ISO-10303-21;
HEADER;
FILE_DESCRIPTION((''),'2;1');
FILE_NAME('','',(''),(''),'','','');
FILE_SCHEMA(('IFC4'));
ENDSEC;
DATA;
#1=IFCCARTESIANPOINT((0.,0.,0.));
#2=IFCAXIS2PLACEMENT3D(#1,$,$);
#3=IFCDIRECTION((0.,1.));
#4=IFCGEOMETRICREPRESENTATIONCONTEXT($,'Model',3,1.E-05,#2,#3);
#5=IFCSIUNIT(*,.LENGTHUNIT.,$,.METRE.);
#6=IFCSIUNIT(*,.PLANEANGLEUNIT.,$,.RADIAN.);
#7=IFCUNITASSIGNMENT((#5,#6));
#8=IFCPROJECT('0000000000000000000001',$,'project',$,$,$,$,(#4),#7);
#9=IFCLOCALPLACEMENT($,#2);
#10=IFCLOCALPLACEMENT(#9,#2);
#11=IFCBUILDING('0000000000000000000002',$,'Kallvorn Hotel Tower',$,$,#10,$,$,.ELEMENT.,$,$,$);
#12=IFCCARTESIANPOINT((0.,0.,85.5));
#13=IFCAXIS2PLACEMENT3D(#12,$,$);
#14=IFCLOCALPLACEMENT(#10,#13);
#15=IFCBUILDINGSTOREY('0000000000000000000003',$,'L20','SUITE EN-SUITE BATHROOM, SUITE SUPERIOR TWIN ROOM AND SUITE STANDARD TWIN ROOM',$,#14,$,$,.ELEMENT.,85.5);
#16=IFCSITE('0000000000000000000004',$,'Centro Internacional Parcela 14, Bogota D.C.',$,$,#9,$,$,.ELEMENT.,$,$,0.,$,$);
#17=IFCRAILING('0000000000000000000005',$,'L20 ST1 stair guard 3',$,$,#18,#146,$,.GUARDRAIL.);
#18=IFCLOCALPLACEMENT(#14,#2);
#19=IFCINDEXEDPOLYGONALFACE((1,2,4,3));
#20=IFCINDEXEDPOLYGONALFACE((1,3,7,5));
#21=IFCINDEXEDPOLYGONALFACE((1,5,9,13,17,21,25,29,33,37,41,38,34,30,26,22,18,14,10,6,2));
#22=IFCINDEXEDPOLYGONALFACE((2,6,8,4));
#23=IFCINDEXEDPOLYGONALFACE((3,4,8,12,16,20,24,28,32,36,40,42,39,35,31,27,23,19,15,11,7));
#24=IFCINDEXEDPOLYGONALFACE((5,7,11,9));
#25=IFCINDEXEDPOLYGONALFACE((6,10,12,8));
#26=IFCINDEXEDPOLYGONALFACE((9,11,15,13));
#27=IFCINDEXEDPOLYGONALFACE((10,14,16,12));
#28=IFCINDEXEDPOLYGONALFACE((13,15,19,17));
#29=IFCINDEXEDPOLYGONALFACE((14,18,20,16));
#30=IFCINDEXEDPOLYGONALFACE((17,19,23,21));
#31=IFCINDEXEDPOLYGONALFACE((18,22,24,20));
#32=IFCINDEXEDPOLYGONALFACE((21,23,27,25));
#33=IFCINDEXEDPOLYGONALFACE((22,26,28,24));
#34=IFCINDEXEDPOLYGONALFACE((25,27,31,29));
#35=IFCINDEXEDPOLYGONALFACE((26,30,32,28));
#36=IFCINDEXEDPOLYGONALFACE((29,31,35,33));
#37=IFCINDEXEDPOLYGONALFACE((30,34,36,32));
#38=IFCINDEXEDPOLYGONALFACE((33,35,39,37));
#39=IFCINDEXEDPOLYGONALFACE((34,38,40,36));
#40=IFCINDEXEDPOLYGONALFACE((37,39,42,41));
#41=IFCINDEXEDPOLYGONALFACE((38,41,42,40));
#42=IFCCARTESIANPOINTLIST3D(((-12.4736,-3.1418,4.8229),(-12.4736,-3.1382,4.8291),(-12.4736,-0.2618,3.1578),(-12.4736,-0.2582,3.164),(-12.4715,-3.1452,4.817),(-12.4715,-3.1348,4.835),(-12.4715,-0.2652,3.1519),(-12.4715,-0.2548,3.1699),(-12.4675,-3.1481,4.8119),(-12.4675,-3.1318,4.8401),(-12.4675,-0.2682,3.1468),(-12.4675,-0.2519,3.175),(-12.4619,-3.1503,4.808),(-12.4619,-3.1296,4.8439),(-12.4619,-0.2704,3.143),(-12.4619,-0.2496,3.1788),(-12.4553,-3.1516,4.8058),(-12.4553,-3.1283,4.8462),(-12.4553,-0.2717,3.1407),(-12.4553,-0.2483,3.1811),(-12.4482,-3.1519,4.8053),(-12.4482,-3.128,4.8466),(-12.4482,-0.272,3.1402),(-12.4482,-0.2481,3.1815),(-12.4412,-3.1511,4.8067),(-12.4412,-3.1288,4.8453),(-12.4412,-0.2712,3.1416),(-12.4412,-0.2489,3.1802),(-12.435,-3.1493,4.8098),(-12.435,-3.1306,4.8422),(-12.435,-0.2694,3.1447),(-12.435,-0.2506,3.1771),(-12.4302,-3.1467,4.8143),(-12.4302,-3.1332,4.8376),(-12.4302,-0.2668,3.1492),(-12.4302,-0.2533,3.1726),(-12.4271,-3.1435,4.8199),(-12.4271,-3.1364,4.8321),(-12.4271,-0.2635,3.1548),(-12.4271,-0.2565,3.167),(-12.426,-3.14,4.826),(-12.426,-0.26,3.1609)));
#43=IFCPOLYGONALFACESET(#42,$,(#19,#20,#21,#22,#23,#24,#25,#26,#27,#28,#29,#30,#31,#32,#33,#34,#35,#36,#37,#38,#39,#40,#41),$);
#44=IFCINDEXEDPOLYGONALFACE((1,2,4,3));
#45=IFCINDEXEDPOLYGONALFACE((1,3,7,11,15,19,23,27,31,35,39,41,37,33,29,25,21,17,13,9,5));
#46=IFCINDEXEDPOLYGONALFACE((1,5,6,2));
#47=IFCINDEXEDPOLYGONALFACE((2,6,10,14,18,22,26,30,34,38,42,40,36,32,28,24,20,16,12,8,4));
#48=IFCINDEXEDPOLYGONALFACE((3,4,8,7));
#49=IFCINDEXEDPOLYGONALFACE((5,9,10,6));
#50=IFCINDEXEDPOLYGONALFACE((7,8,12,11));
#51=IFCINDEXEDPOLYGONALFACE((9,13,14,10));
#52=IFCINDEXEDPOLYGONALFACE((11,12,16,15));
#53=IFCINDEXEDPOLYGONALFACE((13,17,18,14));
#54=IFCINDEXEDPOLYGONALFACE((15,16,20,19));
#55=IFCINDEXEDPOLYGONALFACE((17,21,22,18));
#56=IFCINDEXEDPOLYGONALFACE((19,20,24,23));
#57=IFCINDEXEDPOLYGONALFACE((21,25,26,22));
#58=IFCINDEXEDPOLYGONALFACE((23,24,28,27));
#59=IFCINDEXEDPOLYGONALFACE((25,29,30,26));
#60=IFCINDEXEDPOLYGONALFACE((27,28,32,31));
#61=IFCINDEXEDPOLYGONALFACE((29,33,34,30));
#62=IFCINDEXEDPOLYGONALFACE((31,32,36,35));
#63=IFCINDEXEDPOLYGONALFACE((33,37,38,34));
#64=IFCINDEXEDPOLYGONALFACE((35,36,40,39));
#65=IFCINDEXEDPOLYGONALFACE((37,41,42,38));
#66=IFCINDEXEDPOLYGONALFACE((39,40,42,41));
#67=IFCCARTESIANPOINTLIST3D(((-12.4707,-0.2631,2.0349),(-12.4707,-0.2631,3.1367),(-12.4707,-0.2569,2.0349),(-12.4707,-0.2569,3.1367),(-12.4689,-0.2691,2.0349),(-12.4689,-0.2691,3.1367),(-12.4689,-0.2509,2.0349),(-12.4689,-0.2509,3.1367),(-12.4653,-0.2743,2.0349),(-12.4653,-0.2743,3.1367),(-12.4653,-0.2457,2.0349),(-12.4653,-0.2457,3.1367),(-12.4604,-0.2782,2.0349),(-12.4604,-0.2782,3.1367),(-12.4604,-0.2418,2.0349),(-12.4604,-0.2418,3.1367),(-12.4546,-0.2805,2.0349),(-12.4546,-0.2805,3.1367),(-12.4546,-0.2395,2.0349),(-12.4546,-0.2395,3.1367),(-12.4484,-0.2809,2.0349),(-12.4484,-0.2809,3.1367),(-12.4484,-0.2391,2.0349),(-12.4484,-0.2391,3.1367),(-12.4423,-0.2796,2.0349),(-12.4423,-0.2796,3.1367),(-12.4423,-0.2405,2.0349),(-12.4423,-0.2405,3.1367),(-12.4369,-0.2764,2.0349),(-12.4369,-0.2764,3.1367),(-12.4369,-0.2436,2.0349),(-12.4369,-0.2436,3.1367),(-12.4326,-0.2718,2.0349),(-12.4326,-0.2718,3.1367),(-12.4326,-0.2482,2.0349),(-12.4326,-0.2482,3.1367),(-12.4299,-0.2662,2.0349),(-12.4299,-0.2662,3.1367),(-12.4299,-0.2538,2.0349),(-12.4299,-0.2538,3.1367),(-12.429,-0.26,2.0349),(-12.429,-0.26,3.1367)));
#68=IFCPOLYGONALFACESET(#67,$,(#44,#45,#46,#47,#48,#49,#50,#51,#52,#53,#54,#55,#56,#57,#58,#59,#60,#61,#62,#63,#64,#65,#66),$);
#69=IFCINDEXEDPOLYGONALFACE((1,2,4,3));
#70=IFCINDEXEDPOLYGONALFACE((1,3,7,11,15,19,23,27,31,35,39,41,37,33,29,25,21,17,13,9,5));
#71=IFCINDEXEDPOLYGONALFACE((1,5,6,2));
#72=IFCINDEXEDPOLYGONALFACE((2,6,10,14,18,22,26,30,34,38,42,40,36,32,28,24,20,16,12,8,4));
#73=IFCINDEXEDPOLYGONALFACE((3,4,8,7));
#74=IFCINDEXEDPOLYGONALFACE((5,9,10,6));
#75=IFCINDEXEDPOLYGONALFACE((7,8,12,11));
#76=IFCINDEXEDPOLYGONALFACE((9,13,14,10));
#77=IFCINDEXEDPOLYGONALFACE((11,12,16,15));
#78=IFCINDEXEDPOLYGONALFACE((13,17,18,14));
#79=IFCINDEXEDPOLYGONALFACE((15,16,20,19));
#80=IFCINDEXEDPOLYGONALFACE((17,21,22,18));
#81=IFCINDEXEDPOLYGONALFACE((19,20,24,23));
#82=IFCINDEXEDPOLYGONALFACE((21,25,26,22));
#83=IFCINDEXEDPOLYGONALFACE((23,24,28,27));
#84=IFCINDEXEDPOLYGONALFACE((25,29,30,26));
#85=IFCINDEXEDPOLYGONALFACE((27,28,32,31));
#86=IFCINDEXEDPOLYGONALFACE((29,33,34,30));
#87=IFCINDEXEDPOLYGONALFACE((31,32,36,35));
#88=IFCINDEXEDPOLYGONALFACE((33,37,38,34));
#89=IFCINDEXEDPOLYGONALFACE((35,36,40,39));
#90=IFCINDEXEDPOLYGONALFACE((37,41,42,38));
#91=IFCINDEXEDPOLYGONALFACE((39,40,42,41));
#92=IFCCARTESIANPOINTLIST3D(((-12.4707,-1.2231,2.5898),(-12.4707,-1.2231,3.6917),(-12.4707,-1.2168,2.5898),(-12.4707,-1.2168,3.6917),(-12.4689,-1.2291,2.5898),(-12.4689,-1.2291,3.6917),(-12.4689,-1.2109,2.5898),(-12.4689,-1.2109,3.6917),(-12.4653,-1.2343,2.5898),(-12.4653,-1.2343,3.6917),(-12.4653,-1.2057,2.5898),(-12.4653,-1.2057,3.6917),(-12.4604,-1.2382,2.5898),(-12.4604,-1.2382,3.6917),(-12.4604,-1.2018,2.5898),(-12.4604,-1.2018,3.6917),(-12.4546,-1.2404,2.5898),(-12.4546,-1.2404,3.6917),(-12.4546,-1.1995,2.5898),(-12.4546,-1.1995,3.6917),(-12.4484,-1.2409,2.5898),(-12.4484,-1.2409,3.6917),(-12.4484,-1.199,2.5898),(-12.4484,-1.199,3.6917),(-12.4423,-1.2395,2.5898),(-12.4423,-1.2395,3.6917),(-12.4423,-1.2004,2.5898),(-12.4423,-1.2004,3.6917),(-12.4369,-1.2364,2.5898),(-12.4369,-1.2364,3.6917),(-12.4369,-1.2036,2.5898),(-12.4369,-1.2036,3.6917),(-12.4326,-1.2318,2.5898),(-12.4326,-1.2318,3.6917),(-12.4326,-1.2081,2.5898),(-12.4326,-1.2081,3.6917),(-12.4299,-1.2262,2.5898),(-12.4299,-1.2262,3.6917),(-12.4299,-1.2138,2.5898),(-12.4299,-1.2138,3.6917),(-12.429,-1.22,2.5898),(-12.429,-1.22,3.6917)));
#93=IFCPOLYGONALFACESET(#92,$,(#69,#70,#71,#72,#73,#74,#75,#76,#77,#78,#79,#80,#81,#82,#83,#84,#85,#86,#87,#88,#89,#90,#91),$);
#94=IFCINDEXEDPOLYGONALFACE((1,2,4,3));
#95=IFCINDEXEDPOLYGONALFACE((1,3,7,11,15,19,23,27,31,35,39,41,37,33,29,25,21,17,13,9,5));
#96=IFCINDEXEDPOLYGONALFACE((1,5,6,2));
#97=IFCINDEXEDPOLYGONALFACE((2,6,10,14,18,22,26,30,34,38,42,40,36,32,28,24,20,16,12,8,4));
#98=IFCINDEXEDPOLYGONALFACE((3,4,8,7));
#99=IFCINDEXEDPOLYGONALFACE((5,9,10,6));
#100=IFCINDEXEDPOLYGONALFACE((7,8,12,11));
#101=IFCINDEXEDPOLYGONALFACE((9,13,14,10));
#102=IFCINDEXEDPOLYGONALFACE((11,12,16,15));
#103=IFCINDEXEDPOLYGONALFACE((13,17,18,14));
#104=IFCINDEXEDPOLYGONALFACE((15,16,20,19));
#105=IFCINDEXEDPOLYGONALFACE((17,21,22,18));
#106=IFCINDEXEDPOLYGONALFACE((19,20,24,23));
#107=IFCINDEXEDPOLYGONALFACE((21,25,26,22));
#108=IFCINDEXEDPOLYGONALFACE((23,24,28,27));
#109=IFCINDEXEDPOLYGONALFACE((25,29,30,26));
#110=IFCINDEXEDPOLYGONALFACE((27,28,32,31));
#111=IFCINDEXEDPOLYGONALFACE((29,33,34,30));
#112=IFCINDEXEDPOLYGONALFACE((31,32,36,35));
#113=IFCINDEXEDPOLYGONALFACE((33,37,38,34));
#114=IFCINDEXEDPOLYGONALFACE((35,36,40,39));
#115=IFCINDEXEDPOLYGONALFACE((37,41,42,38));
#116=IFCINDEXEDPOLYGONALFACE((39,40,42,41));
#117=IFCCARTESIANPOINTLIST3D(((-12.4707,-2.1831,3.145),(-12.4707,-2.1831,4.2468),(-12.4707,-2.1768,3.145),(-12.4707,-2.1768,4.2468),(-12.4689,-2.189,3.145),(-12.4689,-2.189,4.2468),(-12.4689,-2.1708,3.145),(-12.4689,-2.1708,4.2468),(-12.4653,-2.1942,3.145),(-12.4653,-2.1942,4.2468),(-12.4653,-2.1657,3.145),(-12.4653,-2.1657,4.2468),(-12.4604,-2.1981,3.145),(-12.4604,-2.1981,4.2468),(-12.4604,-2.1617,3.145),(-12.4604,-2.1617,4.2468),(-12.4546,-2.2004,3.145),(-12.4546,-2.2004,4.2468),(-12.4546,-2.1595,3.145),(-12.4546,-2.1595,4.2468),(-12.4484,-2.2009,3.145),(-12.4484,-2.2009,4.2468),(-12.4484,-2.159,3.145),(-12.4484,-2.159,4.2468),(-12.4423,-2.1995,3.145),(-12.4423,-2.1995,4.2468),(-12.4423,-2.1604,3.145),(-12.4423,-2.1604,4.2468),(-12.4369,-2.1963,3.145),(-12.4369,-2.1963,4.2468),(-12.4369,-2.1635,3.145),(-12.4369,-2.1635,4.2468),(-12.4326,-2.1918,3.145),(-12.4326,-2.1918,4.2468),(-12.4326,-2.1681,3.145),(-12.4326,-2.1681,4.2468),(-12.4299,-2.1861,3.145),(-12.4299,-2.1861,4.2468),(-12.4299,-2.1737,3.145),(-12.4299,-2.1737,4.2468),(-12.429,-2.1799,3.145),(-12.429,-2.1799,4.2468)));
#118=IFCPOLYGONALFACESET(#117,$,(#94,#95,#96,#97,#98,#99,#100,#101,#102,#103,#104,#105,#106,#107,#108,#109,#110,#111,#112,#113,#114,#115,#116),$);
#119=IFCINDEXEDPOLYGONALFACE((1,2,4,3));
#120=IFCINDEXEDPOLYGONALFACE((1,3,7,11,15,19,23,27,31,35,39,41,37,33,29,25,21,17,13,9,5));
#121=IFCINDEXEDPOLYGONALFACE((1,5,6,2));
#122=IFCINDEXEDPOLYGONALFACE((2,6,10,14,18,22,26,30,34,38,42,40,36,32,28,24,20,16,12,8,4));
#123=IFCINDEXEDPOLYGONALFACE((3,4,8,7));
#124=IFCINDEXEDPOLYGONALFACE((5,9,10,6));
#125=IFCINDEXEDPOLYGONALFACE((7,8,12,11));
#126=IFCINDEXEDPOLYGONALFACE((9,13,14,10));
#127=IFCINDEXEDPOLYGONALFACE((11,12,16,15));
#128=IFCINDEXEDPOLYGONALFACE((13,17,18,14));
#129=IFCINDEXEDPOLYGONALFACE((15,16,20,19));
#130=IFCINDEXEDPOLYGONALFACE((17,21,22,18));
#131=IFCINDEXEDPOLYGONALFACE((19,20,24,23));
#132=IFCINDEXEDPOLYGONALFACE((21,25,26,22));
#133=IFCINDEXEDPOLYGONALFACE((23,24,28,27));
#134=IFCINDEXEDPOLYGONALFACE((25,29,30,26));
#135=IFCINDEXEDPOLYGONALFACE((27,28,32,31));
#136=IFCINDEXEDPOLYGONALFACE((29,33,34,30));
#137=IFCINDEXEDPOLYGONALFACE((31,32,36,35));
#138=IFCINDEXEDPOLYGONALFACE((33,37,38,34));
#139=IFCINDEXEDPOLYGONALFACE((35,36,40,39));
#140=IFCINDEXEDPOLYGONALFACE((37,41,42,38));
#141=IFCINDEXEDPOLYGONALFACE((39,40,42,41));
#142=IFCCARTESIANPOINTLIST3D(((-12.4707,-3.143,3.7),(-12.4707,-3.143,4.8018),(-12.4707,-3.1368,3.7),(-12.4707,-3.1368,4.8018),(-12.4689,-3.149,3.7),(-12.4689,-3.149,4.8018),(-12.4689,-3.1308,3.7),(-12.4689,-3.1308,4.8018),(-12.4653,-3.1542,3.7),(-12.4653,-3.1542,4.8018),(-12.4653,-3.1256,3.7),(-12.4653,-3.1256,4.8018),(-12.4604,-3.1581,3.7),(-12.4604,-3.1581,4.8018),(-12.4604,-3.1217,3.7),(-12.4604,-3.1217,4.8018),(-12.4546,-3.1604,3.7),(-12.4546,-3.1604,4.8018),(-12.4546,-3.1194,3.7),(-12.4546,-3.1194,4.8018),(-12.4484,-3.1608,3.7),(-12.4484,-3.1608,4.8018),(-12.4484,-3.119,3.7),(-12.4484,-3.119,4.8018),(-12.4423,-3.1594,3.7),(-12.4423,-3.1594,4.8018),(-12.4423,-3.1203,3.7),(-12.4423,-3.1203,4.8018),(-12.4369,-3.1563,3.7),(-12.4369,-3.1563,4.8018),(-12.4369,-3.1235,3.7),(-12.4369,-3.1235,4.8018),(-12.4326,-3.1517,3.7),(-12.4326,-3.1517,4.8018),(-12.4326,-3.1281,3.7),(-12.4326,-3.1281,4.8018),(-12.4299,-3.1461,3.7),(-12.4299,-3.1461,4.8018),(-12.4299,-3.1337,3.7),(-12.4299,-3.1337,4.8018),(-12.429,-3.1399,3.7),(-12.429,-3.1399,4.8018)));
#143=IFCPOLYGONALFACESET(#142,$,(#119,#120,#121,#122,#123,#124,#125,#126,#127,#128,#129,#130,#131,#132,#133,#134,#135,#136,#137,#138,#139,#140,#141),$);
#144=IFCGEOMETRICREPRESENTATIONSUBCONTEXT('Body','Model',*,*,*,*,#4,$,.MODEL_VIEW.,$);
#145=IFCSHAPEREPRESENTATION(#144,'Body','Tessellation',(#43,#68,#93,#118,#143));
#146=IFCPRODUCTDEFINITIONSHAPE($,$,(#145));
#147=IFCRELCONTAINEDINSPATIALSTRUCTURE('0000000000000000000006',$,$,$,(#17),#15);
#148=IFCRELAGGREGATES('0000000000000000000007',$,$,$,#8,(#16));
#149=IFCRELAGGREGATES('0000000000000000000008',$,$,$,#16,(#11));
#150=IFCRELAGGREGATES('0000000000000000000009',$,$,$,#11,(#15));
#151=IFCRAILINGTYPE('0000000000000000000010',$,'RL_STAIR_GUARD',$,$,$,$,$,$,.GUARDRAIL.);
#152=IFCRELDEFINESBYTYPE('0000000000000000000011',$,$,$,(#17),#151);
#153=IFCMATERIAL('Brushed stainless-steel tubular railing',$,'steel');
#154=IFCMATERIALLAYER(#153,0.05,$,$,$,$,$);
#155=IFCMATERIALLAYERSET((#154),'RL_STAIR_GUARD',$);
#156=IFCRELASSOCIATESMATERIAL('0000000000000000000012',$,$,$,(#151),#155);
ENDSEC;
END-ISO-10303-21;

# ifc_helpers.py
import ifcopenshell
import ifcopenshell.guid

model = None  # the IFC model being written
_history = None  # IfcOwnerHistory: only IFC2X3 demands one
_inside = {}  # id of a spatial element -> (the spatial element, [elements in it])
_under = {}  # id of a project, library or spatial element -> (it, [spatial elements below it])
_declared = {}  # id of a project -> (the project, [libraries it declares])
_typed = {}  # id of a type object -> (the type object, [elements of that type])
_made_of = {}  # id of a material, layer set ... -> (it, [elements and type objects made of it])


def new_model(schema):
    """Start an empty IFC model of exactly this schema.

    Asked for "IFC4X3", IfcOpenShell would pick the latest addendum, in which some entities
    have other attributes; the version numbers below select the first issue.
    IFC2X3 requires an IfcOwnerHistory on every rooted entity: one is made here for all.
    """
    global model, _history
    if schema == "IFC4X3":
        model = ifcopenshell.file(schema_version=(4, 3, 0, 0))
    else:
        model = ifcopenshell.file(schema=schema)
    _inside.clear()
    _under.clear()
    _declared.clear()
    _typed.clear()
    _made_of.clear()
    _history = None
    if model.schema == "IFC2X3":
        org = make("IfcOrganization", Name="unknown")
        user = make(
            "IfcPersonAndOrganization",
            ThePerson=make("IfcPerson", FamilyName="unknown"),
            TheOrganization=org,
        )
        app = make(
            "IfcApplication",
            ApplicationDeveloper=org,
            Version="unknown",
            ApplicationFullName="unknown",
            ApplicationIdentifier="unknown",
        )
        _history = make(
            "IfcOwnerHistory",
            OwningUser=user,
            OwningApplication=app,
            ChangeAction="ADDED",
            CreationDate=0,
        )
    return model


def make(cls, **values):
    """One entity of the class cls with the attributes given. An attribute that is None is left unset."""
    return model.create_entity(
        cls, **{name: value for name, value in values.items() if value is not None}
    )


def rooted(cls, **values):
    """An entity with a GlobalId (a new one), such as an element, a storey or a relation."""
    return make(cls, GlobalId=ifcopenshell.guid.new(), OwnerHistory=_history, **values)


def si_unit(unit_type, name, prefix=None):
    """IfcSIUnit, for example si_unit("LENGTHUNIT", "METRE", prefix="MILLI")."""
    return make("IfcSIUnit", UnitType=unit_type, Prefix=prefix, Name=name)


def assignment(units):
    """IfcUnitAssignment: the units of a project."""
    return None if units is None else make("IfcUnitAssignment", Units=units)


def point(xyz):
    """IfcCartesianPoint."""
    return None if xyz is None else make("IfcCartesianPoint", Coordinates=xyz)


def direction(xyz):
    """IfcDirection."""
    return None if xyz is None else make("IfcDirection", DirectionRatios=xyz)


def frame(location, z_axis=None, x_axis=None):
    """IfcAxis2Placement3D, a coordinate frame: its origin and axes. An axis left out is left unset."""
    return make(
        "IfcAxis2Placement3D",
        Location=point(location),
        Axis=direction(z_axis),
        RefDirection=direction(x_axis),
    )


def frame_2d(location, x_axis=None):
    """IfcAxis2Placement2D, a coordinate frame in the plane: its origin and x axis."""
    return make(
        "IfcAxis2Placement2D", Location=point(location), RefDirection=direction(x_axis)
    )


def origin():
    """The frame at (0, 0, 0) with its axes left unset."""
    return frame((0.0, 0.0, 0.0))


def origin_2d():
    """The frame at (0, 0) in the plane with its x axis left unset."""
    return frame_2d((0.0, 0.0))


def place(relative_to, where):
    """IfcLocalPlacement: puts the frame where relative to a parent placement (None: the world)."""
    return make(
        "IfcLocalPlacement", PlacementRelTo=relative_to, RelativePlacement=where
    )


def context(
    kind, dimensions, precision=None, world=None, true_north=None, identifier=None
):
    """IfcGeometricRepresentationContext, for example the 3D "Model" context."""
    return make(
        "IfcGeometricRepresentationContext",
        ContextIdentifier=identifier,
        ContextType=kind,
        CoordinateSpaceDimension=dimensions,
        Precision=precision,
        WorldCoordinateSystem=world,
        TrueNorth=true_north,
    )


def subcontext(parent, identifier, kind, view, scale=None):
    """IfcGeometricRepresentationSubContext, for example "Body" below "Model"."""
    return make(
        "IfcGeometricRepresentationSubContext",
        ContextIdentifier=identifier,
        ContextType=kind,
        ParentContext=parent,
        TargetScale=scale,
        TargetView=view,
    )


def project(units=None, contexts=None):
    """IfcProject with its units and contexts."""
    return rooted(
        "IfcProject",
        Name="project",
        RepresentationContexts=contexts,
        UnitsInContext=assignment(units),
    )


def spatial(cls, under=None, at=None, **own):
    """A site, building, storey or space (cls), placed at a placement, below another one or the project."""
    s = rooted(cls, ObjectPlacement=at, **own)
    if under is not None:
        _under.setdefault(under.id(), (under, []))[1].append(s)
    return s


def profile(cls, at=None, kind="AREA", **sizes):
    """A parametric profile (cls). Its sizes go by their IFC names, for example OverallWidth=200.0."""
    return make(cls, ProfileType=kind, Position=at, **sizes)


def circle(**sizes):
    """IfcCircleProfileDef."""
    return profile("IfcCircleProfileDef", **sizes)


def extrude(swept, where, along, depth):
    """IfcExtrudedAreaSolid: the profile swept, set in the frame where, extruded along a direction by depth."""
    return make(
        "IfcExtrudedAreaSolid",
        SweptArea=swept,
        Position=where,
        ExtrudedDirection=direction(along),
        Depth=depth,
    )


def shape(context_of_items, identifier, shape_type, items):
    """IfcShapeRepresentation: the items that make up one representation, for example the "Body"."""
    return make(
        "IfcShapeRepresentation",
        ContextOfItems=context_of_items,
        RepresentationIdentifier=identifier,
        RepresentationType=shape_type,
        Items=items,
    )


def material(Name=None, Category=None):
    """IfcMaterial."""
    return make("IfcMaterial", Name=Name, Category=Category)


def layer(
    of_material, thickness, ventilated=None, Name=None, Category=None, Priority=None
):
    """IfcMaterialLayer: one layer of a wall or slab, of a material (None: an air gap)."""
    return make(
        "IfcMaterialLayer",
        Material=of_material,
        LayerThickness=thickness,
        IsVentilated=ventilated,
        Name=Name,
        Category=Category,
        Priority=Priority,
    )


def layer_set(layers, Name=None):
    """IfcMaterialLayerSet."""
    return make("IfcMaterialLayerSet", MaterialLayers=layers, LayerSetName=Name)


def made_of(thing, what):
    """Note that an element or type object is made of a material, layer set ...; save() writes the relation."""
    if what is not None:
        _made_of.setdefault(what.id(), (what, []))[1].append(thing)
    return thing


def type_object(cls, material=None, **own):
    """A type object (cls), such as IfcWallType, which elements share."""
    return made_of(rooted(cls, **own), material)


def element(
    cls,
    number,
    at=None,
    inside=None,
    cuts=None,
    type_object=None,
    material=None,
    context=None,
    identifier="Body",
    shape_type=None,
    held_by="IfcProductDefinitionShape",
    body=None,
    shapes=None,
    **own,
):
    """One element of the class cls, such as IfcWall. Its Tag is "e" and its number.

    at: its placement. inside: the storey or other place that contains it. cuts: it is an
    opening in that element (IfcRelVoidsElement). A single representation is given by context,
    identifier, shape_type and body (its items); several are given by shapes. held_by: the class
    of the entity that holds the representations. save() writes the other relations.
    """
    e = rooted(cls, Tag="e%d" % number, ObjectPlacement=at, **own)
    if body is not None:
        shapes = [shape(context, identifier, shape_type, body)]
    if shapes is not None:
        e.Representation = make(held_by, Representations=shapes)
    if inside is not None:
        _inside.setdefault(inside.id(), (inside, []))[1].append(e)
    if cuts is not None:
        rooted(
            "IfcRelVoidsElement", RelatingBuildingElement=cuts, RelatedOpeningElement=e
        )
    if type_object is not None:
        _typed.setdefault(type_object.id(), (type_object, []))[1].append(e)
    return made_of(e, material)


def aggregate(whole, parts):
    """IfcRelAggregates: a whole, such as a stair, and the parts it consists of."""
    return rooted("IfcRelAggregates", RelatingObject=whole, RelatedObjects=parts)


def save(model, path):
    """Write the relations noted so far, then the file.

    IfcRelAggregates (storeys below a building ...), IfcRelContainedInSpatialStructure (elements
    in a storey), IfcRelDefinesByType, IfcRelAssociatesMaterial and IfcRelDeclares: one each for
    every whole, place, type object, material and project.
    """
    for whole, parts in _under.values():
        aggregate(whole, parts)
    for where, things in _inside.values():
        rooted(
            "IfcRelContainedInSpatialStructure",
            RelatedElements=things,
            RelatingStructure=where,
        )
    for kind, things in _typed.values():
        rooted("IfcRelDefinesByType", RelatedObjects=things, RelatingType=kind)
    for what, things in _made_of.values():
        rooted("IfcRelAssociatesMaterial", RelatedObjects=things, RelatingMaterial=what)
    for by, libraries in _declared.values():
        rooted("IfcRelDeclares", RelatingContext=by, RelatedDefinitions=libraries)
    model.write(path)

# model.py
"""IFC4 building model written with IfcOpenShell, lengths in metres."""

from ifc_helpers import new_model, si_unit, direction, frame, origin, origin_2d, place, context, subcontext, project, spatial, circle, extrude, material, layer, layer_set, type_object, element, save


model = new_model("IFC4")

# Units and contexts
model_context = context("Model", 3, precision=1e-05, world=origin(), true_north=direction((0.0, 1.0)))
body_context = subcontext(model_context, "Body", "Model", "MODEL_VIEW")
ifc_project = project(units=[si_unit("LENGTHUNIT", "METRE"), si_unit("PLANEANGLEUNIT", "RADIAN")], contexts=[model_context])

# Site, building, storey
site_placement = place(None, origin())
site = spatial("IfcSite", under=ifc_project, at=site_placement, Name="Centro Internacional Parcela 14, Bogota D.C.", CompositionType="ELEMENT", RefElevation=0.0)
building_placement = place(site_placement, origin())
building = spatial("IfcBuilding", under=site, at=building_placement, Name="Kallvorn Hotel Tower", CompositionType="ELEMENT")
storey_placement = place(building_placement, frame((0.0, 0.0, 85.5)))
storey = spatial("IfcBuildingStorey", under=building, at=storey_placement, Name="L20", Description="SUITE EN-SUITE BATHROOM, SUITE SUPERIOR TWIN ROOM AND SUITE STANDARD TWIN ROOM", CompositionType="ELEMENT", Elevation=85.5)

# Railing
ifc_material_1 = material(Name="Brushed stainless-steel tubular railing", Category="steel")
ifc_layer_1 = layer(ifc_material_1, 0.05)
ifc_layer_set_1 = layer_set([ifc_layer_1], Name="RL_STAIR_GUARD")
railing_type_1 = type_object("IfcRailingType", Name="RL_STAIR_GUARD", PredefinedType="GUARDRAIL", material=ifc_layer_set_1)
railing_1_placement = place(storey_placement, frame((-12.45, -0.26, 2.0349)))
element("IfcRailing", 1, at=railing_1_placement, inside=storey, type_object=railing_type_1, Name="L20 ST1 stair guard 3", PredefinedType="GUARDRAIL", context=body_context, shape_type="SweptSolid", body=[
    extrude(circle(Radius=0.0239, at=origin_2d()), frame((0.0, 0.0, 1.126), z_axis=(0.0, -0.865721, 0.500527), x_axis=(1.0, 0.0, 0.0)), (0.0, 0.0, 1.0), 3.3267),
    extrude(circle(Radius=0.021, at=origin_2d()), origin(), (0.0, 0.0, 1.0), 1.1018),
    extrude(circle(Radius=0.021, at=origin_2d()), frame((0.0, -0.96, 0.5549)), (0.0, 0.0, 1.0), 1.1018),
    extrude(circle(Radius=0.021, at=origin_2d()), frame((0.0, -1.9199, 1.1101)), (0.0, 0.0, 1.0), 1.1018),
    extrude(circle(Radius=0.021, at=origin_2d()), frame((0.0, -2.8799, 1.665)), (0.0, 0.0, 1.0), 1.1018),
])

save(model, "model.ifc")
